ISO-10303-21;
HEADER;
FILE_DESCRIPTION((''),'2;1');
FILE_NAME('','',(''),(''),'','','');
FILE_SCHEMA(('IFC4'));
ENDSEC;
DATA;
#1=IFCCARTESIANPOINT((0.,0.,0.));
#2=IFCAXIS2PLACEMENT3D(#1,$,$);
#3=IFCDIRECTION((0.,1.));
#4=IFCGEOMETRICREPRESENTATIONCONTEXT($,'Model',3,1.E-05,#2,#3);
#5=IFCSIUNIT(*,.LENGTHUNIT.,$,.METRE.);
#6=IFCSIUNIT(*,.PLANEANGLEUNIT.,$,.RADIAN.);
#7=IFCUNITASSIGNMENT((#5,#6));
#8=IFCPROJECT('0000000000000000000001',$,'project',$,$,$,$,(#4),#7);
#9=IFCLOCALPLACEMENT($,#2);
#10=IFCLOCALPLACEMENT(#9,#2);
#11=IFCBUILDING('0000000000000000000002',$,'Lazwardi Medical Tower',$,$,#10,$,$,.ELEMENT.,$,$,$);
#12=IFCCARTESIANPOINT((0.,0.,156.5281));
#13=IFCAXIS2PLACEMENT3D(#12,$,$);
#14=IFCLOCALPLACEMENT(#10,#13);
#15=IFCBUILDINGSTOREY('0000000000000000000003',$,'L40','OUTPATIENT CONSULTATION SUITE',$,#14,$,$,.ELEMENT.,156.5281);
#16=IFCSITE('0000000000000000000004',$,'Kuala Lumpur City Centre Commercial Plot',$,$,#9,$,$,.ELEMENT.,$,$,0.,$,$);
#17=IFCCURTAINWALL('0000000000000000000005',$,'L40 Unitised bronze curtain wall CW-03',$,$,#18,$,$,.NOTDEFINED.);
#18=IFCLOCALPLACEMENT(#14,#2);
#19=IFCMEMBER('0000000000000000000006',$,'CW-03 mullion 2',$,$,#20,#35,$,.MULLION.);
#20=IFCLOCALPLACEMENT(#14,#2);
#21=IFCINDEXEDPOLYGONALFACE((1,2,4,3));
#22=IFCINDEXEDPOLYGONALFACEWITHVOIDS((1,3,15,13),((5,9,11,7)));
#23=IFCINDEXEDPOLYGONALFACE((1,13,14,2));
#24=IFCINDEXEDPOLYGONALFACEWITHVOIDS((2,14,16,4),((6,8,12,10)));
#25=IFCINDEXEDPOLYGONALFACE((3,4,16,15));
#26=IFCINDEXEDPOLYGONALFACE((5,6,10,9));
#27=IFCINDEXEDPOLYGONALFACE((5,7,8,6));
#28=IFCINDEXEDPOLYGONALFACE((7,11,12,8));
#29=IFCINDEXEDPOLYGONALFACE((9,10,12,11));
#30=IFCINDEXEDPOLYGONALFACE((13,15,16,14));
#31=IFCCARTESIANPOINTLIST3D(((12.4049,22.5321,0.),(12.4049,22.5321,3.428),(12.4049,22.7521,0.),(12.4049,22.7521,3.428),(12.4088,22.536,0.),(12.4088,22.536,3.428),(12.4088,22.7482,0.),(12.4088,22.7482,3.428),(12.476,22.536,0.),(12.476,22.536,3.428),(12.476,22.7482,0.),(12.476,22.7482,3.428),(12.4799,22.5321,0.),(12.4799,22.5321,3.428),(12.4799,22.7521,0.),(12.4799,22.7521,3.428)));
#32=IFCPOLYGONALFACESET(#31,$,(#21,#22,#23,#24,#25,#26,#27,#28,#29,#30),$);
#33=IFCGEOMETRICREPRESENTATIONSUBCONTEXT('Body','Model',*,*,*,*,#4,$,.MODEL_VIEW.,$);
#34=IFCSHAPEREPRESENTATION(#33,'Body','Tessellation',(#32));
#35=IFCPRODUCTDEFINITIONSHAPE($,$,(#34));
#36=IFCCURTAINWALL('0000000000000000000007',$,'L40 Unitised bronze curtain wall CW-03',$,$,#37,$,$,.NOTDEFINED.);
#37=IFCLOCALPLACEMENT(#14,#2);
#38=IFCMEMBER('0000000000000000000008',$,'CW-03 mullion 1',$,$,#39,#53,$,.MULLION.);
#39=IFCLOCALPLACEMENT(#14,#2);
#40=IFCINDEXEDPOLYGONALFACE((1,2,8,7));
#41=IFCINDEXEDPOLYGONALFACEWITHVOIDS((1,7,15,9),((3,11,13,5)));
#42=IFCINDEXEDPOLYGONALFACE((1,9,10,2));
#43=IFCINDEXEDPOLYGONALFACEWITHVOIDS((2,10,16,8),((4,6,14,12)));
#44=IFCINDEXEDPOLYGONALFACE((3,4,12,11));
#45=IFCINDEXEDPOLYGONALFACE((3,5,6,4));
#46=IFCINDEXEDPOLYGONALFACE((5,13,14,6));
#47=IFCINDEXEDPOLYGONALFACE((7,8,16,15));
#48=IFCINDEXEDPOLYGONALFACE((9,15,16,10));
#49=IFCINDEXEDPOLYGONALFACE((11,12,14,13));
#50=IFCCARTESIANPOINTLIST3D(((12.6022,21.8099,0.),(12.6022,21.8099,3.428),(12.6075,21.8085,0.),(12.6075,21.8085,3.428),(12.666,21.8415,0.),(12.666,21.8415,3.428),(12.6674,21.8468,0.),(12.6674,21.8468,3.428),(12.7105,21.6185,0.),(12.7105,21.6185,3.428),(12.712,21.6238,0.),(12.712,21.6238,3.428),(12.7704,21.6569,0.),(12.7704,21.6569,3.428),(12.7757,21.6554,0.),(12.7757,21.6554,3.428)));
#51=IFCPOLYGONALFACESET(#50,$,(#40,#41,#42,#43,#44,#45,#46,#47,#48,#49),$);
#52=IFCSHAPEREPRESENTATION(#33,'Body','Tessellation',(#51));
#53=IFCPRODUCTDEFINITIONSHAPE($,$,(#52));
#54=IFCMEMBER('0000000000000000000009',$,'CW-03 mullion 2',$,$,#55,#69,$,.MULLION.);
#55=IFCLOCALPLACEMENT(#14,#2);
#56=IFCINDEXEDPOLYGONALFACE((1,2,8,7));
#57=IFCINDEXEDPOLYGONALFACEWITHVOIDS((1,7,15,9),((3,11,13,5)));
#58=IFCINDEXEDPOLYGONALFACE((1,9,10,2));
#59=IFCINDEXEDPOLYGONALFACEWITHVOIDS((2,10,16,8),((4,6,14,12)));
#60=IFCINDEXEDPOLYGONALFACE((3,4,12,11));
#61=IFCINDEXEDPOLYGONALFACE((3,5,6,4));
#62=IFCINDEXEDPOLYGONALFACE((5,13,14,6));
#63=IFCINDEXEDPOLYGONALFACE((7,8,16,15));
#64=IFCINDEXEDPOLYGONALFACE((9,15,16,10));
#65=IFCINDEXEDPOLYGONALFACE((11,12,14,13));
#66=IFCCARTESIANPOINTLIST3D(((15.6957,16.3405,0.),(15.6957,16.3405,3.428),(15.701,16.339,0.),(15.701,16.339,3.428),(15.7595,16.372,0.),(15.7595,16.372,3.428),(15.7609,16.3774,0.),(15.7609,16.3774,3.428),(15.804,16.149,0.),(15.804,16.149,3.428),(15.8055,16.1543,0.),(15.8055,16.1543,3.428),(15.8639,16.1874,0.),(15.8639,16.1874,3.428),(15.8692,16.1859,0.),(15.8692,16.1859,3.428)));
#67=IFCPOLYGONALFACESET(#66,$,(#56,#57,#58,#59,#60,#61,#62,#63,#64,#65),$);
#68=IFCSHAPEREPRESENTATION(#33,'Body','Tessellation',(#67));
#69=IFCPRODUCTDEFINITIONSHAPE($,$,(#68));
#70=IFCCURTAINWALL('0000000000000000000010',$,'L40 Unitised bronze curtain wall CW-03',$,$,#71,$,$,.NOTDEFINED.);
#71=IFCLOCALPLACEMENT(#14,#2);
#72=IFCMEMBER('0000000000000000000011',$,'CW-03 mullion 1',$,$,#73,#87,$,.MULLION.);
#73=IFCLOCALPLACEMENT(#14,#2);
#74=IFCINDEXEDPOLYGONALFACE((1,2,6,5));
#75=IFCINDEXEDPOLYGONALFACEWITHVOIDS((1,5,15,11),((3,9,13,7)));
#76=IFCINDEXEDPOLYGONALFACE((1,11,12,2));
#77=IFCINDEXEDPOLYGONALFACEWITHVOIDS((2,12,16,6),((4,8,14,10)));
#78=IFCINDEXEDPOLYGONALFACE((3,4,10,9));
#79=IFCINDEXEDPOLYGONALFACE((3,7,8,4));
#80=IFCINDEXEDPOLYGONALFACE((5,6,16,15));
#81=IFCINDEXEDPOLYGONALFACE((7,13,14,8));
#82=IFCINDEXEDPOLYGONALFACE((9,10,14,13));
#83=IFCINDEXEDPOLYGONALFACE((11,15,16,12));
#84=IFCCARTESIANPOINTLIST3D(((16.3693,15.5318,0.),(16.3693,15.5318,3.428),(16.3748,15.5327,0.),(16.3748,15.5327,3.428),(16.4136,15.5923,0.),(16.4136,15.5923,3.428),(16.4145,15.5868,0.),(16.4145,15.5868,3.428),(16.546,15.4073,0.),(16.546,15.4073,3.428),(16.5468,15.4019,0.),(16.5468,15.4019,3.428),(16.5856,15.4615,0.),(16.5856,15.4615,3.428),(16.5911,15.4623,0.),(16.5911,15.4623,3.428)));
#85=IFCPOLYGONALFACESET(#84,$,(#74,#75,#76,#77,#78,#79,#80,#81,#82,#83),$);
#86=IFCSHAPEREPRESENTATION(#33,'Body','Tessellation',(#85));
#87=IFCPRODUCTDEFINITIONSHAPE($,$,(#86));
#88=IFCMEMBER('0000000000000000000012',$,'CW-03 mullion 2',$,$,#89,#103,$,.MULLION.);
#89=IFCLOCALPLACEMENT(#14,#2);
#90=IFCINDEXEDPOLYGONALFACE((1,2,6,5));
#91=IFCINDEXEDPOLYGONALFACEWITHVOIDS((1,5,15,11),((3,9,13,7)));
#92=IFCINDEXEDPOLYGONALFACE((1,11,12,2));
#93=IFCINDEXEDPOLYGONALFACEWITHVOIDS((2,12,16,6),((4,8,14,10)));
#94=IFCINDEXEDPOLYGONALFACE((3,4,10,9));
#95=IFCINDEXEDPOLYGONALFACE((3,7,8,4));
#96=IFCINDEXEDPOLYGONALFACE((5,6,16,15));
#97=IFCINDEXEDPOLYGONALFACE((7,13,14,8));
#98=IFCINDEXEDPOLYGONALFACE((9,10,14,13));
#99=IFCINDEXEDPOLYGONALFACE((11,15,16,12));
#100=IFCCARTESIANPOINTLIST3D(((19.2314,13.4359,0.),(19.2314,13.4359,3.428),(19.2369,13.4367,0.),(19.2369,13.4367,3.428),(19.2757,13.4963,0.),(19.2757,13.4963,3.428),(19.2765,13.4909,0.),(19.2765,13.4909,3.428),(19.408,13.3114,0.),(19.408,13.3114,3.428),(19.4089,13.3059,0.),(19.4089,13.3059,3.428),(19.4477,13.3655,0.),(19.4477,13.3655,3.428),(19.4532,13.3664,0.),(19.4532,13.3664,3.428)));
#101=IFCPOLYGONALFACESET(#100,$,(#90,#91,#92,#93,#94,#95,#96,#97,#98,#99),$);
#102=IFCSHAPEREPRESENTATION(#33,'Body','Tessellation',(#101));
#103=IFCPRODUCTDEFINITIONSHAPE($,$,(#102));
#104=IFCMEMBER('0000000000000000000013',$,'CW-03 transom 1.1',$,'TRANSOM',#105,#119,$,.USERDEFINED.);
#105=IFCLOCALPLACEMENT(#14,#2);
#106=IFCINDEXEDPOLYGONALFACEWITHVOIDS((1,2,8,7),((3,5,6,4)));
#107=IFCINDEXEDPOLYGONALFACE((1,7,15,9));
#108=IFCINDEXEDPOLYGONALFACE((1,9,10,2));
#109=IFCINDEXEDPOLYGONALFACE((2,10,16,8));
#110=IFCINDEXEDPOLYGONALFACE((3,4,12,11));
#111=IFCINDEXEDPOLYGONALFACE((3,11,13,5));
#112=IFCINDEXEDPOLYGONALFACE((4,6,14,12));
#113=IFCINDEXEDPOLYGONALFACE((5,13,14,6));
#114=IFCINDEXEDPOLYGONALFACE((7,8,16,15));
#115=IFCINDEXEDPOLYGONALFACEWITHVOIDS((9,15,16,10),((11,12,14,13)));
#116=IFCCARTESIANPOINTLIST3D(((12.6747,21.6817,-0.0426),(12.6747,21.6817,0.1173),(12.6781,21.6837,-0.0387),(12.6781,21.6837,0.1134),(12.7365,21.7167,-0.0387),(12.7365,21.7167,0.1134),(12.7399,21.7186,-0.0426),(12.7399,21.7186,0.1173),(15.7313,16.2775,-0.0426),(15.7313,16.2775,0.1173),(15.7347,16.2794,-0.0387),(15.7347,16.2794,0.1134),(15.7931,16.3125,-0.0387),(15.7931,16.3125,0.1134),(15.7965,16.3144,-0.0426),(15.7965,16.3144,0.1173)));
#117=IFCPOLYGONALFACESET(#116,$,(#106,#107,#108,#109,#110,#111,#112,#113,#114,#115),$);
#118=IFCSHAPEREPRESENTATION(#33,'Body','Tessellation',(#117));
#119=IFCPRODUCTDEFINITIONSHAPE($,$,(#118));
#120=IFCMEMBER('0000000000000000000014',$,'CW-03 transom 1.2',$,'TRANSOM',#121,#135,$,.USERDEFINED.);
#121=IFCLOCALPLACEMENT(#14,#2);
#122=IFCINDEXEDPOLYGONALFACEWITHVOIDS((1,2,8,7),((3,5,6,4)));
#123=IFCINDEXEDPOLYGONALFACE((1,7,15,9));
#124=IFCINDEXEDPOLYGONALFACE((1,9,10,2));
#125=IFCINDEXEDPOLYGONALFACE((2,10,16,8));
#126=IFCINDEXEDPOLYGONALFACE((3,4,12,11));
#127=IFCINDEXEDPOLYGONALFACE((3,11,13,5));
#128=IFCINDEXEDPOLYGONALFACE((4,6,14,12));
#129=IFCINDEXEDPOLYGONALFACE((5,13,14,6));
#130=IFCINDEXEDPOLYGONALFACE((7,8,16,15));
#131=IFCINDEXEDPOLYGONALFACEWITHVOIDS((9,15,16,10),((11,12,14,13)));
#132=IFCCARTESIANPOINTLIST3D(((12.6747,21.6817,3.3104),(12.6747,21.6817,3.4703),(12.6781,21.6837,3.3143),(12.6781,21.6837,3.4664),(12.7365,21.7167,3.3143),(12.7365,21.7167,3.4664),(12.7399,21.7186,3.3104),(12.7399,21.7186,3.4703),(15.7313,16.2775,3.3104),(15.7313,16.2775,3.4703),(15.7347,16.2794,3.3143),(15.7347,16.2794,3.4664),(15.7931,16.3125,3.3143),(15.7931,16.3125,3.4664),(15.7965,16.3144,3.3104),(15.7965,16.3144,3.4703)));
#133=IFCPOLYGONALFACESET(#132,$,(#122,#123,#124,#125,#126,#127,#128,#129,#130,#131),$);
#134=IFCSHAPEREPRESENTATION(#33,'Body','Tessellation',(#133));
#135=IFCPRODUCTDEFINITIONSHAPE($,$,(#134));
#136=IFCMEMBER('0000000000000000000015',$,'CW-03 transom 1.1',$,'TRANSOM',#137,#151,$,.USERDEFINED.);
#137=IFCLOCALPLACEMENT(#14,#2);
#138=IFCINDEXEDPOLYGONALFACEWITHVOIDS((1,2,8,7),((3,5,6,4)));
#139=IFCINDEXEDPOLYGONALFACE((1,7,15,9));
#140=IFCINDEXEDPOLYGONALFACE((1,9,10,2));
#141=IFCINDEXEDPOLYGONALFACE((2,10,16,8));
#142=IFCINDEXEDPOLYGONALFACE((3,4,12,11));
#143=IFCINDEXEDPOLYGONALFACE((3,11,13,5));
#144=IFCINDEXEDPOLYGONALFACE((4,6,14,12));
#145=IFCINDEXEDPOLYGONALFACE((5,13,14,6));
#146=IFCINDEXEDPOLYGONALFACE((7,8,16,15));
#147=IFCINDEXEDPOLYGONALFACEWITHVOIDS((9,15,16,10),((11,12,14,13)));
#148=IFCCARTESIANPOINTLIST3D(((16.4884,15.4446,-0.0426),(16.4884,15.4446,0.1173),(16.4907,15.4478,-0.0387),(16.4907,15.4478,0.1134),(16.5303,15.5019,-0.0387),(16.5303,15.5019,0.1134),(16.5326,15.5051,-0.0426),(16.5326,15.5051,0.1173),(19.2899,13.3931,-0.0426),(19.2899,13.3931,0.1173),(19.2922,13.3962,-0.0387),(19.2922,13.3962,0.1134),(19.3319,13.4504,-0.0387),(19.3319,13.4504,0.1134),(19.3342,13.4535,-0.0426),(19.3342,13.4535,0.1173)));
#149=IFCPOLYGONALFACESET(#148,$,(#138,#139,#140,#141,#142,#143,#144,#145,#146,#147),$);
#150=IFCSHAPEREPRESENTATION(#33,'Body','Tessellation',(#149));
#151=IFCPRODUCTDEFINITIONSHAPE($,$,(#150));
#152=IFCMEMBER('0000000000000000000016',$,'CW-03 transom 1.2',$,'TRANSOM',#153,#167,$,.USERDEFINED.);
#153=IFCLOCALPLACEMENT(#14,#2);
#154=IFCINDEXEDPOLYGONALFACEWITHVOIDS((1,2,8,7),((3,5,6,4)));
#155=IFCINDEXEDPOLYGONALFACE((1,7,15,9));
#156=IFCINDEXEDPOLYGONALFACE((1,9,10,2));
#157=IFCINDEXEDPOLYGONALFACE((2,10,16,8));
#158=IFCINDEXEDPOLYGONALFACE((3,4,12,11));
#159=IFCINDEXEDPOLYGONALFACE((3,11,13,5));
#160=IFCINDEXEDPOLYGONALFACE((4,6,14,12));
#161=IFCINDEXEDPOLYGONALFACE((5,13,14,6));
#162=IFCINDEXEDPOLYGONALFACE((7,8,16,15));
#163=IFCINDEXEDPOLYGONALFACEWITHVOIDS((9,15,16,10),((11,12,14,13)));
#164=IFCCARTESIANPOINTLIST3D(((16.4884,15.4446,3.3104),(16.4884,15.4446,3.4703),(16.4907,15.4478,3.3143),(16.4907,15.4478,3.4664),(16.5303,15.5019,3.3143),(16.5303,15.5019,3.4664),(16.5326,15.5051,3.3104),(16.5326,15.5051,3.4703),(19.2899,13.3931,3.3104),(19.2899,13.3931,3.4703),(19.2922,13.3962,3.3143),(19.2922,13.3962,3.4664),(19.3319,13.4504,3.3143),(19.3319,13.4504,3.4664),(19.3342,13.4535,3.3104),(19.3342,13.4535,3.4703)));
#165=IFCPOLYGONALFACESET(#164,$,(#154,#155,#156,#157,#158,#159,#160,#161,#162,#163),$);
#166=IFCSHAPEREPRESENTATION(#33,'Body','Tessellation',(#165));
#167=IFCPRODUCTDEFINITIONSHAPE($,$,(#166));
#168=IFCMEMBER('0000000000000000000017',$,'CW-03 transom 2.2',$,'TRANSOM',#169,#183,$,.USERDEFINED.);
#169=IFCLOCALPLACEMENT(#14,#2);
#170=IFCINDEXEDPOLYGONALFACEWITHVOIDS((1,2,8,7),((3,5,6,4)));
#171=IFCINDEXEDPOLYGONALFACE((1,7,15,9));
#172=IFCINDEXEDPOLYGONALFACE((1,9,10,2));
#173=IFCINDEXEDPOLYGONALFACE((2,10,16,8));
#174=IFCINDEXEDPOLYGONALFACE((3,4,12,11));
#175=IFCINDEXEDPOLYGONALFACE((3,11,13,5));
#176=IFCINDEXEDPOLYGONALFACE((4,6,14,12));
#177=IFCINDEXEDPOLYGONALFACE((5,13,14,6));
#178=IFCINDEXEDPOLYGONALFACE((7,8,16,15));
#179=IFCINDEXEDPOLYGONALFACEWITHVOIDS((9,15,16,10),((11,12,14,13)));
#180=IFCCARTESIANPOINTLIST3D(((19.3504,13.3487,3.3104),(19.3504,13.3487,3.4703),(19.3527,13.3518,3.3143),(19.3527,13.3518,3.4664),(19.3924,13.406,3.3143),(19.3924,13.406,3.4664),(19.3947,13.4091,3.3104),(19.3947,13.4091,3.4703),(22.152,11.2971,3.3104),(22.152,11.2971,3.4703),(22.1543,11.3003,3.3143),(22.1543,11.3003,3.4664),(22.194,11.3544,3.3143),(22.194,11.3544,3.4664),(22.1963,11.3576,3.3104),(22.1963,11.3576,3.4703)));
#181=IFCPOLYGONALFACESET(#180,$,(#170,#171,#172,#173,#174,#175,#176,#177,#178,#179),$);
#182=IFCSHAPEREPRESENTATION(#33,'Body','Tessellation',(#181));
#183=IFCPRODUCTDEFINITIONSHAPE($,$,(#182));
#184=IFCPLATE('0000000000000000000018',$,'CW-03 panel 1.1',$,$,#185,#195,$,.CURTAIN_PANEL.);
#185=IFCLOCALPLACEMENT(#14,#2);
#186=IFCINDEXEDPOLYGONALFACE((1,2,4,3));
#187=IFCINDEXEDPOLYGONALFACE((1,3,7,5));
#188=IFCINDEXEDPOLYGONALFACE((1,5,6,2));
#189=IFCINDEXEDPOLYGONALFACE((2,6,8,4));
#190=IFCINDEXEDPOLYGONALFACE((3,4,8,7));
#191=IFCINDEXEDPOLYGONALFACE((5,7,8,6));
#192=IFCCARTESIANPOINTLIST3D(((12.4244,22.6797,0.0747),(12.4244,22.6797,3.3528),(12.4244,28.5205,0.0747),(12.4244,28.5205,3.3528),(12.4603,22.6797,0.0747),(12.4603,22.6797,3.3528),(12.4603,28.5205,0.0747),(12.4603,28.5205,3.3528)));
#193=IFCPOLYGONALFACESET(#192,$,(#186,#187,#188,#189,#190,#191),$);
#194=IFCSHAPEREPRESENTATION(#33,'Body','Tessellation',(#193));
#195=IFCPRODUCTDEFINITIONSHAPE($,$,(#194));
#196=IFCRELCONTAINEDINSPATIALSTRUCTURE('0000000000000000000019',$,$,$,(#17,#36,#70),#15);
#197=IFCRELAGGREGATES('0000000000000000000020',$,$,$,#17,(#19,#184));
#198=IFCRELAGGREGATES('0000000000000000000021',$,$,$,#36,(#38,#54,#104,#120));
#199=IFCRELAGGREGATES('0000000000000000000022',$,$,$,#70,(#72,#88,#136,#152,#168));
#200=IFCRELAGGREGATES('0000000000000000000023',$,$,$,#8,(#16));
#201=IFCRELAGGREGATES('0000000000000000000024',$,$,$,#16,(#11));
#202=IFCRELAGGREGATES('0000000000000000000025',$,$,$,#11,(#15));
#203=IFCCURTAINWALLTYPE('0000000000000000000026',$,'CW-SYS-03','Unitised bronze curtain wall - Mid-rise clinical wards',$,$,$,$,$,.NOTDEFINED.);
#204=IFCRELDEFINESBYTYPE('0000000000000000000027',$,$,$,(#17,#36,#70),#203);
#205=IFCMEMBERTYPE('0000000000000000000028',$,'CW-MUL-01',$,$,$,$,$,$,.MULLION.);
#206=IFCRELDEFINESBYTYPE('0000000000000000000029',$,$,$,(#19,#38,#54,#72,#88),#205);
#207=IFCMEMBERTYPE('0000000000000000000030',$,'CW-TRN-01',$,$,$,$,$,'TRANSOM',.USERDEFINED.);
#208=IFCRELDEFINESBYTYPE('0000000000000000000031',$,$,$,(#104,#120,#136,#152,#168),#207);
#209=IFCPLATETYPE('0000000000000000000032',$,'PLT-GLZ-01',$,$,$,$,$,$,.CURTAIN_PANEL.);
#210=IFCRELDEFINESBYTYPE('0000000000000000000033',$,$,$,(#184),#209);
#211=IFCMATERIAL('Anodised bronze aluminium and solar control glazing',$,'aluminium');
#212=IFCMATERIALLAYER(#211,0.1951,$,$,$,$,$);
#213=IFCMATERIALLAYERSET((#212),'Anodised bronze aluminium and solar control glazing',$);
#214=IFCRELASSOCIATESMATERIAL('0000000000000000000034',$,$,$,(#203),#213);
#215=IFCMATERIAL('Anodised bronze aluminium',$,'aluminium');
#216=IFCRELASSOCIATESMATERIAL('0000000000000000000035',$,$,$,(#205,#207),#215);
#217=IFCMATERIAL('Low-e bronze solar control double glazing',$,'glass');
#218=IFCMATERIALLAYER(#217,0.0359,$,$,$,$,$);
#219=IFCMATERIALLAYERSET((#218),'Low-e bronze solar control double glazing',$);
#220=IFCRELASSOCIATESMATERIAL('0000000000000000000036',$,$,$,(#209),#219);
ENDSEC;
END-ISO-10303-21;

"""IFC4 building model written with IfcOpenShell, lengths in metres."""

from ifc_helpers import new_model, si_unit, direction, frame, origin, origin_2d, place, context, subcontext, project, spatial, rectangle, hollow_rectangle, extrude, material, layer, layer_set, material_profile, profile_set, type_object, element, aggregate, save


model = new_model("IFC4")

# Units and contexts
model_context = context("Model", 3, precision=1e-05, world=origin(), true_north=direction((0.0, 1.0)))
body_context = subcontext(model_context, "Body", "Model", "MODEL_VIEW")
ifc_project = project(units=[si_unit("LENGTHUNIT", "METRE"), si_unit("PLANEANGLEUNIT", "RADIAN")], contexts=[model_context])

# Site, building, storey
site_placement = place(None, origin())
site = spatial("IfcSite", under=ifc_project, at=site_placement, Name="Kuala Lumpur City Centre Commercial Plot", CompositionType="ELEMENT", RefElevation=0.0)
building_placement = place(site_placement, origin())
building = spatial("IfcBuilding", under=site, at=building_placement, Name="Lazwardi Medical Tower", CompositionType="ELEMENT")
storey_placement = place(building_placement, frame((0.0, 0.0, 156.5281)))
storey = spatial("IfcBuildingStorey", under=building, at=storey_placement, Name="L40", Description="OUTPATIENT CONSULTATION SUITE", CompositionType="ELEMENT", Elevation=156.5281)

# Curtain wall, member
ifc_material_1 = material(Name="Anodised bronze aluminium and solar control glazing", Category="aluminium")
ifc_layer_1 = layer(ifc_material_1, 0.1951)
ifc_layer_set_1 = layer_set([ifc_layer_1], Name="Anodised bronze aluminium and solar control glazing")
curtain_wall_type = type_object("IfcCurtainWallType", Name="CW-SYS-03", Description="Unitised bronze curtain wall - Mid-rise clinical wards", PredefinedType="NOTDEFINED", material=ifc_layer_set_1)
curtain_wall_1_placement = place(storey_placement, origin())
curtain_wall_1 = element("IfcCurtainWall", 1, at=curtain_wall_1_placement, inside=storey, type_object=curtain_wall_type, Name="L40 Unitised bronze curtain wall CW-03", PredefinedType="NOTDEFINED")
ifc_material_2 = material(Name="Anodised bronze aluminium", Category="aluminium")
ifc_material_profile_1 = material_profile(ifc_material_2, hollow_rectangle(XDim=0.075, YDim=0.22, WallThickness=0.0039, at=origin_2d()), Name="ALU-MULLION 220x75x4")
ifc_profile_set_1 = profile_set([ifc_material_profile_1], Name="Anodised bronze aluminium")
member_type_1 = type_object("IfcMemberType", Name="CW-MUL-01", PredefinedType="MULLION", material=ifc_profile_set_1)
member_1_placement = place(storey_placement, frame((12.4424, 22.6421, 0.0), z_axis=(0.0, 0.0, 1.0), x_axis=(1.0, 0.0, 0.0)))
member_1 = element("IfcMember", 2, at=member_1_placement, type_object=member_type_1, Name="CW-03 mullion 2", PredefinedType="MULLION", context=body_context, shape_type="SweptSolid", body=[
    extrude(hollow_rectangle(XDim=0.075, YDim=0.22, WallThickness=0.0039, at=origin_2d()), origin(), (0.0, 0.0, 1.0), 3.428),
])

# Curtain walls, members
curtain_wall_2_placement = place(storey_placement, origin())
curtain_wall_2 = element("IfcCurtainWall", 3, at=curtain_wall_2_placement, inside=storey, type_object=curtain_wall_type, Name="L40 Unitised bronze curtain wall CW-03", PredefinedType="NOTDEFINED")
member_2_placement = place(storey_placement, frame((12.689, 21.7327, 0.0), z_axis=(0.0, 0.0, 1.0), x_axis=(0.870419, 0.492312, 0.0)))
member_2 = element("IfcMember", 4, at=member_2_placement, type_object=member_type_1, Name="CW-03 mullion 1", PredefinedType="MULLION", context=body_context, shape_type="SweptSolid", body=[
    extrude(hollow_rectangle(XDim=0.075, YDim=0.22, WallThickness=0.0039, at=origin_2d()), origin(), (0.0, 0.0, 1.0), 3.428),
])
member_3_placement = place(storey_placement, frame((15.7825, 16.2632, 0.0), z_axis=(0.0, 0.0, 1.0), x_axis=(0.870419, 0.492312, 0.0)))
member_3 = element("IfcMember", 5, at=member_3_placement, type_object=member_type_1, Name="CW-03 mullion 2", PredefinedType="MULLION", context=body_context, shape_type="SweptSolid", body=[
    extrude(hollow_rectangle(XDim=0.075, YDim=0.22, WallThickness=0.0039, at=origin_2d()), origin(), (0.0, 0.0, 1.0), 3.428),
])
curtain_wall_3_placement = place(storey_placement, origin())
curtain_wall_3 = element("IfcCurtainWall", 6, at=curtain_wall_3_placement, inside=storey, type_object=curtain_wall_type, Name="L40 Unitised bronze curtain wall CW-03", PredefinedType="NOTDEFINED")
member_4_placement = place(storey_placement, frame((16.4802, 15.4971, 0.0), z_axis=(0.0, 0.0, 1.0), x_axis=(0.590834, 0.806793, 0.0)))
member_4 = element("IfcMember", 7, at=member_4_placement, type_object=member_type_1, Name="CW-03 mullion 1", PredefinedType="MULLION", context=body_context, shape_type="SweptSolid", body=[
    extrude(hollow_rectangle(XDim=0.075, YDim=0.22, WallThickness=0.0039, at=origin_2d()), origin(), (0.0, 0.0, 1.0), 3.428),
])
member_5_placement = place(storey_placement, frame((19.3423, 13.4011, 0.0), z_axis=(0.0, 0.0, 1.0), x_axis=(0.590834, 0.806793, 0.0)))
member_5 = element("IfcMember", 8, at=member_5_placement, type_object=member_type_1, Name="CW-03 mullion 2", PredefinedType="MULLION", context=body_context, shape_type="SweptSolid", body=[
    extrude(hollow_rectangle(XDim=0.075, YDim=0.22, WallThickness=0.0039, at=origin_2d()), origin(), (0.0, 0.0, 1.0), 3.428),
])

# Members
ifc_material_profile_2 = material_profile(ifc_material_2, hollow_rectangle(XDim=0.075, YDim=0.1599, WallThickness=0.0039, at=origin_2d()), Name="ALU-TRANSOM 160x75x4")
ifc_profile_set_2 = profile_set([ifc_material_profile_2], Name="Anodised bronze aluminium")
member_type_2 = type_object("IfcMemberType", Name="CW-TRN-01", ElementType="TRANSOM", PredefinedType="USERDEFINED", material=ifc_profile_set_2)
member_6_placement = place(storey_placement, frame((12.7073, 21.7002, 0.0374), z_axis=(0.492306, -0.870422, 0.0), x_axis=(0.870422, 0.492306, 0.0)))
member_6 = element("IfcMember", 9, at=member_6_placement, type_object=member_type_2, Name="CW-03 transom 1.1", ObjectType="TRANSOM", PredefinedType="USERDEFINED", context=body_context, shape_type="SweptSolid", body=[
    extrude(hollow_rectangle(XDim=0.075, YDim=0.1599, WallThickness=0.0039, at=origin_2d()), origin(), (0.0, 0.0, 1.0), 6.2087),
])
member_7_placement = place(storey_placement, frame((12.7073, 21.7002, 3.3904), z_axis=(0.492306, -0.870422, 0.0), x_axis=(0.870422, 0.492306, 0.0)))
member_7 = element("IfcMember", 10, at=member_7_placement, type_object=member_type_2, Name="CW-03 transom 1.2", ObjectType="TRANSOM", PredefinedType="USERDEFINED", context=body_context, shape_type="SweptSolid", body=[
    extrude(hollow_rectangle(XDim=0.075, YDim=0.1599, WallThickness=0.0039, at=origin_2d()), origin(), (0.0, 0.0, 1.0), 6.2087),
])
member_8_placement = place(storey_placement, frame((16.5105, 15.4749, 0.0374), z_axis=(0.806807, -0.590815, 0.0), x_axis=(0.590815, 0.806807, 0.0)))
member_8 = element("IfcMember", 11, at=member_8_placement, type_object=member_type_2, Name="CW-03 transom 1.1", ObjectType="TRANSOM", PredefinedType="USERDEFINED", context=body_context, shape_type="SweptSolid", body=[
    extrude(hollow_rectangle(XDim=0.075, YDim=0.1599, WallThickness=0.0039, at=origin_2d()), origin(), (0.0, 0.0, 1.0), 3.4724),
])
member_9_placement = place(storey_placement, frame((16.5105, 15.4749, 3.3904), z_axis=(0.806807, -0.590815, 0.0), x_axis=(0.590815, 0.806807, 0.0)))
member_9 = element("IfcMember", 12, at=member_9_placement, type_object=member_type_2, Name="CW-03 transom 1.2", ObjectType="TRANSOM", PredefinedType="USERDEFINED", context=body_context, shape_type="SweptSolid", body=[
    extrude(hollow_rectangle(XDim=0.075, YDim=0.1599, WallThickness=0.0039, at=origin_2d()), origin(), (0.0, 0.0, 1.0), 3.4724),
])
member_10_placement = place(storey_placement, frame((19.3726, 13.3789, 3.3904), z_axis=(0.806807, -0.590815, 0.0), x_axis=(0.590815, 0.806807, 0.0)))
member_10 = element("IfcMember", 13, at=member_10_placement, type_object=member_type_2, Name="CW-03 transom 2.2", ObjectType="TRANSOM", PredefinedType="USERDEFINED", context=body_context, shape_type="SweptSolid", body=[
    extrude(hollow_rectangle(XDim=0.075, YDim=0.1599, WallThickness=0.0039, at=origin_2d()), origin(), (0.0, 0.0, 1.0), 3.4724),
])

# Plate
ifc_material_3 = material(Name="Low-e bronze solar control double glazing", Category="glass")
ifc_layer_2 = layer(ifc_material_3, 0.0359)
ifc_layer_set_2 = layer_set([ifc_layer_2], Name="Low-e bronze solar control double glazing")
plate_type = type_object("IfcPlateType", Name="PLT-GLZ-01", PredefinedType="CURTAIN_PANEL", material=ifc_layer_set_2)
plate_1_placement = place(storey_placement, frame((12.4424, 25.6001, 0.0747), z_axis=(0.0, 0.0, 1.0), x_axis=(0.0, -1.0, 0.0)))
plate_1 = element("IfcPlate", 14, at=plate_1_placement, type_object=plate_type, Name="CW-03 panel 1.1", PredefinedType="CURTAIN_PANEL", context=body_context, shape_type="SweptSolid", body=[
    extrude(rectangle(XDim=5.8408, YDim=0.0359, at=origin_2d()), origin(), (0.0, 0.0, 1.0), 3.2781),
])
aggregate(curtain_wall_1, [member_1, plate_1])
aggregate(curtain_wall_2, [member_2, member_3, member_6, member_7])
aggregate(curtain_wall_3, [member_4, member_5, member_8, member_9, member_10])

save(model, "model.ifc")
